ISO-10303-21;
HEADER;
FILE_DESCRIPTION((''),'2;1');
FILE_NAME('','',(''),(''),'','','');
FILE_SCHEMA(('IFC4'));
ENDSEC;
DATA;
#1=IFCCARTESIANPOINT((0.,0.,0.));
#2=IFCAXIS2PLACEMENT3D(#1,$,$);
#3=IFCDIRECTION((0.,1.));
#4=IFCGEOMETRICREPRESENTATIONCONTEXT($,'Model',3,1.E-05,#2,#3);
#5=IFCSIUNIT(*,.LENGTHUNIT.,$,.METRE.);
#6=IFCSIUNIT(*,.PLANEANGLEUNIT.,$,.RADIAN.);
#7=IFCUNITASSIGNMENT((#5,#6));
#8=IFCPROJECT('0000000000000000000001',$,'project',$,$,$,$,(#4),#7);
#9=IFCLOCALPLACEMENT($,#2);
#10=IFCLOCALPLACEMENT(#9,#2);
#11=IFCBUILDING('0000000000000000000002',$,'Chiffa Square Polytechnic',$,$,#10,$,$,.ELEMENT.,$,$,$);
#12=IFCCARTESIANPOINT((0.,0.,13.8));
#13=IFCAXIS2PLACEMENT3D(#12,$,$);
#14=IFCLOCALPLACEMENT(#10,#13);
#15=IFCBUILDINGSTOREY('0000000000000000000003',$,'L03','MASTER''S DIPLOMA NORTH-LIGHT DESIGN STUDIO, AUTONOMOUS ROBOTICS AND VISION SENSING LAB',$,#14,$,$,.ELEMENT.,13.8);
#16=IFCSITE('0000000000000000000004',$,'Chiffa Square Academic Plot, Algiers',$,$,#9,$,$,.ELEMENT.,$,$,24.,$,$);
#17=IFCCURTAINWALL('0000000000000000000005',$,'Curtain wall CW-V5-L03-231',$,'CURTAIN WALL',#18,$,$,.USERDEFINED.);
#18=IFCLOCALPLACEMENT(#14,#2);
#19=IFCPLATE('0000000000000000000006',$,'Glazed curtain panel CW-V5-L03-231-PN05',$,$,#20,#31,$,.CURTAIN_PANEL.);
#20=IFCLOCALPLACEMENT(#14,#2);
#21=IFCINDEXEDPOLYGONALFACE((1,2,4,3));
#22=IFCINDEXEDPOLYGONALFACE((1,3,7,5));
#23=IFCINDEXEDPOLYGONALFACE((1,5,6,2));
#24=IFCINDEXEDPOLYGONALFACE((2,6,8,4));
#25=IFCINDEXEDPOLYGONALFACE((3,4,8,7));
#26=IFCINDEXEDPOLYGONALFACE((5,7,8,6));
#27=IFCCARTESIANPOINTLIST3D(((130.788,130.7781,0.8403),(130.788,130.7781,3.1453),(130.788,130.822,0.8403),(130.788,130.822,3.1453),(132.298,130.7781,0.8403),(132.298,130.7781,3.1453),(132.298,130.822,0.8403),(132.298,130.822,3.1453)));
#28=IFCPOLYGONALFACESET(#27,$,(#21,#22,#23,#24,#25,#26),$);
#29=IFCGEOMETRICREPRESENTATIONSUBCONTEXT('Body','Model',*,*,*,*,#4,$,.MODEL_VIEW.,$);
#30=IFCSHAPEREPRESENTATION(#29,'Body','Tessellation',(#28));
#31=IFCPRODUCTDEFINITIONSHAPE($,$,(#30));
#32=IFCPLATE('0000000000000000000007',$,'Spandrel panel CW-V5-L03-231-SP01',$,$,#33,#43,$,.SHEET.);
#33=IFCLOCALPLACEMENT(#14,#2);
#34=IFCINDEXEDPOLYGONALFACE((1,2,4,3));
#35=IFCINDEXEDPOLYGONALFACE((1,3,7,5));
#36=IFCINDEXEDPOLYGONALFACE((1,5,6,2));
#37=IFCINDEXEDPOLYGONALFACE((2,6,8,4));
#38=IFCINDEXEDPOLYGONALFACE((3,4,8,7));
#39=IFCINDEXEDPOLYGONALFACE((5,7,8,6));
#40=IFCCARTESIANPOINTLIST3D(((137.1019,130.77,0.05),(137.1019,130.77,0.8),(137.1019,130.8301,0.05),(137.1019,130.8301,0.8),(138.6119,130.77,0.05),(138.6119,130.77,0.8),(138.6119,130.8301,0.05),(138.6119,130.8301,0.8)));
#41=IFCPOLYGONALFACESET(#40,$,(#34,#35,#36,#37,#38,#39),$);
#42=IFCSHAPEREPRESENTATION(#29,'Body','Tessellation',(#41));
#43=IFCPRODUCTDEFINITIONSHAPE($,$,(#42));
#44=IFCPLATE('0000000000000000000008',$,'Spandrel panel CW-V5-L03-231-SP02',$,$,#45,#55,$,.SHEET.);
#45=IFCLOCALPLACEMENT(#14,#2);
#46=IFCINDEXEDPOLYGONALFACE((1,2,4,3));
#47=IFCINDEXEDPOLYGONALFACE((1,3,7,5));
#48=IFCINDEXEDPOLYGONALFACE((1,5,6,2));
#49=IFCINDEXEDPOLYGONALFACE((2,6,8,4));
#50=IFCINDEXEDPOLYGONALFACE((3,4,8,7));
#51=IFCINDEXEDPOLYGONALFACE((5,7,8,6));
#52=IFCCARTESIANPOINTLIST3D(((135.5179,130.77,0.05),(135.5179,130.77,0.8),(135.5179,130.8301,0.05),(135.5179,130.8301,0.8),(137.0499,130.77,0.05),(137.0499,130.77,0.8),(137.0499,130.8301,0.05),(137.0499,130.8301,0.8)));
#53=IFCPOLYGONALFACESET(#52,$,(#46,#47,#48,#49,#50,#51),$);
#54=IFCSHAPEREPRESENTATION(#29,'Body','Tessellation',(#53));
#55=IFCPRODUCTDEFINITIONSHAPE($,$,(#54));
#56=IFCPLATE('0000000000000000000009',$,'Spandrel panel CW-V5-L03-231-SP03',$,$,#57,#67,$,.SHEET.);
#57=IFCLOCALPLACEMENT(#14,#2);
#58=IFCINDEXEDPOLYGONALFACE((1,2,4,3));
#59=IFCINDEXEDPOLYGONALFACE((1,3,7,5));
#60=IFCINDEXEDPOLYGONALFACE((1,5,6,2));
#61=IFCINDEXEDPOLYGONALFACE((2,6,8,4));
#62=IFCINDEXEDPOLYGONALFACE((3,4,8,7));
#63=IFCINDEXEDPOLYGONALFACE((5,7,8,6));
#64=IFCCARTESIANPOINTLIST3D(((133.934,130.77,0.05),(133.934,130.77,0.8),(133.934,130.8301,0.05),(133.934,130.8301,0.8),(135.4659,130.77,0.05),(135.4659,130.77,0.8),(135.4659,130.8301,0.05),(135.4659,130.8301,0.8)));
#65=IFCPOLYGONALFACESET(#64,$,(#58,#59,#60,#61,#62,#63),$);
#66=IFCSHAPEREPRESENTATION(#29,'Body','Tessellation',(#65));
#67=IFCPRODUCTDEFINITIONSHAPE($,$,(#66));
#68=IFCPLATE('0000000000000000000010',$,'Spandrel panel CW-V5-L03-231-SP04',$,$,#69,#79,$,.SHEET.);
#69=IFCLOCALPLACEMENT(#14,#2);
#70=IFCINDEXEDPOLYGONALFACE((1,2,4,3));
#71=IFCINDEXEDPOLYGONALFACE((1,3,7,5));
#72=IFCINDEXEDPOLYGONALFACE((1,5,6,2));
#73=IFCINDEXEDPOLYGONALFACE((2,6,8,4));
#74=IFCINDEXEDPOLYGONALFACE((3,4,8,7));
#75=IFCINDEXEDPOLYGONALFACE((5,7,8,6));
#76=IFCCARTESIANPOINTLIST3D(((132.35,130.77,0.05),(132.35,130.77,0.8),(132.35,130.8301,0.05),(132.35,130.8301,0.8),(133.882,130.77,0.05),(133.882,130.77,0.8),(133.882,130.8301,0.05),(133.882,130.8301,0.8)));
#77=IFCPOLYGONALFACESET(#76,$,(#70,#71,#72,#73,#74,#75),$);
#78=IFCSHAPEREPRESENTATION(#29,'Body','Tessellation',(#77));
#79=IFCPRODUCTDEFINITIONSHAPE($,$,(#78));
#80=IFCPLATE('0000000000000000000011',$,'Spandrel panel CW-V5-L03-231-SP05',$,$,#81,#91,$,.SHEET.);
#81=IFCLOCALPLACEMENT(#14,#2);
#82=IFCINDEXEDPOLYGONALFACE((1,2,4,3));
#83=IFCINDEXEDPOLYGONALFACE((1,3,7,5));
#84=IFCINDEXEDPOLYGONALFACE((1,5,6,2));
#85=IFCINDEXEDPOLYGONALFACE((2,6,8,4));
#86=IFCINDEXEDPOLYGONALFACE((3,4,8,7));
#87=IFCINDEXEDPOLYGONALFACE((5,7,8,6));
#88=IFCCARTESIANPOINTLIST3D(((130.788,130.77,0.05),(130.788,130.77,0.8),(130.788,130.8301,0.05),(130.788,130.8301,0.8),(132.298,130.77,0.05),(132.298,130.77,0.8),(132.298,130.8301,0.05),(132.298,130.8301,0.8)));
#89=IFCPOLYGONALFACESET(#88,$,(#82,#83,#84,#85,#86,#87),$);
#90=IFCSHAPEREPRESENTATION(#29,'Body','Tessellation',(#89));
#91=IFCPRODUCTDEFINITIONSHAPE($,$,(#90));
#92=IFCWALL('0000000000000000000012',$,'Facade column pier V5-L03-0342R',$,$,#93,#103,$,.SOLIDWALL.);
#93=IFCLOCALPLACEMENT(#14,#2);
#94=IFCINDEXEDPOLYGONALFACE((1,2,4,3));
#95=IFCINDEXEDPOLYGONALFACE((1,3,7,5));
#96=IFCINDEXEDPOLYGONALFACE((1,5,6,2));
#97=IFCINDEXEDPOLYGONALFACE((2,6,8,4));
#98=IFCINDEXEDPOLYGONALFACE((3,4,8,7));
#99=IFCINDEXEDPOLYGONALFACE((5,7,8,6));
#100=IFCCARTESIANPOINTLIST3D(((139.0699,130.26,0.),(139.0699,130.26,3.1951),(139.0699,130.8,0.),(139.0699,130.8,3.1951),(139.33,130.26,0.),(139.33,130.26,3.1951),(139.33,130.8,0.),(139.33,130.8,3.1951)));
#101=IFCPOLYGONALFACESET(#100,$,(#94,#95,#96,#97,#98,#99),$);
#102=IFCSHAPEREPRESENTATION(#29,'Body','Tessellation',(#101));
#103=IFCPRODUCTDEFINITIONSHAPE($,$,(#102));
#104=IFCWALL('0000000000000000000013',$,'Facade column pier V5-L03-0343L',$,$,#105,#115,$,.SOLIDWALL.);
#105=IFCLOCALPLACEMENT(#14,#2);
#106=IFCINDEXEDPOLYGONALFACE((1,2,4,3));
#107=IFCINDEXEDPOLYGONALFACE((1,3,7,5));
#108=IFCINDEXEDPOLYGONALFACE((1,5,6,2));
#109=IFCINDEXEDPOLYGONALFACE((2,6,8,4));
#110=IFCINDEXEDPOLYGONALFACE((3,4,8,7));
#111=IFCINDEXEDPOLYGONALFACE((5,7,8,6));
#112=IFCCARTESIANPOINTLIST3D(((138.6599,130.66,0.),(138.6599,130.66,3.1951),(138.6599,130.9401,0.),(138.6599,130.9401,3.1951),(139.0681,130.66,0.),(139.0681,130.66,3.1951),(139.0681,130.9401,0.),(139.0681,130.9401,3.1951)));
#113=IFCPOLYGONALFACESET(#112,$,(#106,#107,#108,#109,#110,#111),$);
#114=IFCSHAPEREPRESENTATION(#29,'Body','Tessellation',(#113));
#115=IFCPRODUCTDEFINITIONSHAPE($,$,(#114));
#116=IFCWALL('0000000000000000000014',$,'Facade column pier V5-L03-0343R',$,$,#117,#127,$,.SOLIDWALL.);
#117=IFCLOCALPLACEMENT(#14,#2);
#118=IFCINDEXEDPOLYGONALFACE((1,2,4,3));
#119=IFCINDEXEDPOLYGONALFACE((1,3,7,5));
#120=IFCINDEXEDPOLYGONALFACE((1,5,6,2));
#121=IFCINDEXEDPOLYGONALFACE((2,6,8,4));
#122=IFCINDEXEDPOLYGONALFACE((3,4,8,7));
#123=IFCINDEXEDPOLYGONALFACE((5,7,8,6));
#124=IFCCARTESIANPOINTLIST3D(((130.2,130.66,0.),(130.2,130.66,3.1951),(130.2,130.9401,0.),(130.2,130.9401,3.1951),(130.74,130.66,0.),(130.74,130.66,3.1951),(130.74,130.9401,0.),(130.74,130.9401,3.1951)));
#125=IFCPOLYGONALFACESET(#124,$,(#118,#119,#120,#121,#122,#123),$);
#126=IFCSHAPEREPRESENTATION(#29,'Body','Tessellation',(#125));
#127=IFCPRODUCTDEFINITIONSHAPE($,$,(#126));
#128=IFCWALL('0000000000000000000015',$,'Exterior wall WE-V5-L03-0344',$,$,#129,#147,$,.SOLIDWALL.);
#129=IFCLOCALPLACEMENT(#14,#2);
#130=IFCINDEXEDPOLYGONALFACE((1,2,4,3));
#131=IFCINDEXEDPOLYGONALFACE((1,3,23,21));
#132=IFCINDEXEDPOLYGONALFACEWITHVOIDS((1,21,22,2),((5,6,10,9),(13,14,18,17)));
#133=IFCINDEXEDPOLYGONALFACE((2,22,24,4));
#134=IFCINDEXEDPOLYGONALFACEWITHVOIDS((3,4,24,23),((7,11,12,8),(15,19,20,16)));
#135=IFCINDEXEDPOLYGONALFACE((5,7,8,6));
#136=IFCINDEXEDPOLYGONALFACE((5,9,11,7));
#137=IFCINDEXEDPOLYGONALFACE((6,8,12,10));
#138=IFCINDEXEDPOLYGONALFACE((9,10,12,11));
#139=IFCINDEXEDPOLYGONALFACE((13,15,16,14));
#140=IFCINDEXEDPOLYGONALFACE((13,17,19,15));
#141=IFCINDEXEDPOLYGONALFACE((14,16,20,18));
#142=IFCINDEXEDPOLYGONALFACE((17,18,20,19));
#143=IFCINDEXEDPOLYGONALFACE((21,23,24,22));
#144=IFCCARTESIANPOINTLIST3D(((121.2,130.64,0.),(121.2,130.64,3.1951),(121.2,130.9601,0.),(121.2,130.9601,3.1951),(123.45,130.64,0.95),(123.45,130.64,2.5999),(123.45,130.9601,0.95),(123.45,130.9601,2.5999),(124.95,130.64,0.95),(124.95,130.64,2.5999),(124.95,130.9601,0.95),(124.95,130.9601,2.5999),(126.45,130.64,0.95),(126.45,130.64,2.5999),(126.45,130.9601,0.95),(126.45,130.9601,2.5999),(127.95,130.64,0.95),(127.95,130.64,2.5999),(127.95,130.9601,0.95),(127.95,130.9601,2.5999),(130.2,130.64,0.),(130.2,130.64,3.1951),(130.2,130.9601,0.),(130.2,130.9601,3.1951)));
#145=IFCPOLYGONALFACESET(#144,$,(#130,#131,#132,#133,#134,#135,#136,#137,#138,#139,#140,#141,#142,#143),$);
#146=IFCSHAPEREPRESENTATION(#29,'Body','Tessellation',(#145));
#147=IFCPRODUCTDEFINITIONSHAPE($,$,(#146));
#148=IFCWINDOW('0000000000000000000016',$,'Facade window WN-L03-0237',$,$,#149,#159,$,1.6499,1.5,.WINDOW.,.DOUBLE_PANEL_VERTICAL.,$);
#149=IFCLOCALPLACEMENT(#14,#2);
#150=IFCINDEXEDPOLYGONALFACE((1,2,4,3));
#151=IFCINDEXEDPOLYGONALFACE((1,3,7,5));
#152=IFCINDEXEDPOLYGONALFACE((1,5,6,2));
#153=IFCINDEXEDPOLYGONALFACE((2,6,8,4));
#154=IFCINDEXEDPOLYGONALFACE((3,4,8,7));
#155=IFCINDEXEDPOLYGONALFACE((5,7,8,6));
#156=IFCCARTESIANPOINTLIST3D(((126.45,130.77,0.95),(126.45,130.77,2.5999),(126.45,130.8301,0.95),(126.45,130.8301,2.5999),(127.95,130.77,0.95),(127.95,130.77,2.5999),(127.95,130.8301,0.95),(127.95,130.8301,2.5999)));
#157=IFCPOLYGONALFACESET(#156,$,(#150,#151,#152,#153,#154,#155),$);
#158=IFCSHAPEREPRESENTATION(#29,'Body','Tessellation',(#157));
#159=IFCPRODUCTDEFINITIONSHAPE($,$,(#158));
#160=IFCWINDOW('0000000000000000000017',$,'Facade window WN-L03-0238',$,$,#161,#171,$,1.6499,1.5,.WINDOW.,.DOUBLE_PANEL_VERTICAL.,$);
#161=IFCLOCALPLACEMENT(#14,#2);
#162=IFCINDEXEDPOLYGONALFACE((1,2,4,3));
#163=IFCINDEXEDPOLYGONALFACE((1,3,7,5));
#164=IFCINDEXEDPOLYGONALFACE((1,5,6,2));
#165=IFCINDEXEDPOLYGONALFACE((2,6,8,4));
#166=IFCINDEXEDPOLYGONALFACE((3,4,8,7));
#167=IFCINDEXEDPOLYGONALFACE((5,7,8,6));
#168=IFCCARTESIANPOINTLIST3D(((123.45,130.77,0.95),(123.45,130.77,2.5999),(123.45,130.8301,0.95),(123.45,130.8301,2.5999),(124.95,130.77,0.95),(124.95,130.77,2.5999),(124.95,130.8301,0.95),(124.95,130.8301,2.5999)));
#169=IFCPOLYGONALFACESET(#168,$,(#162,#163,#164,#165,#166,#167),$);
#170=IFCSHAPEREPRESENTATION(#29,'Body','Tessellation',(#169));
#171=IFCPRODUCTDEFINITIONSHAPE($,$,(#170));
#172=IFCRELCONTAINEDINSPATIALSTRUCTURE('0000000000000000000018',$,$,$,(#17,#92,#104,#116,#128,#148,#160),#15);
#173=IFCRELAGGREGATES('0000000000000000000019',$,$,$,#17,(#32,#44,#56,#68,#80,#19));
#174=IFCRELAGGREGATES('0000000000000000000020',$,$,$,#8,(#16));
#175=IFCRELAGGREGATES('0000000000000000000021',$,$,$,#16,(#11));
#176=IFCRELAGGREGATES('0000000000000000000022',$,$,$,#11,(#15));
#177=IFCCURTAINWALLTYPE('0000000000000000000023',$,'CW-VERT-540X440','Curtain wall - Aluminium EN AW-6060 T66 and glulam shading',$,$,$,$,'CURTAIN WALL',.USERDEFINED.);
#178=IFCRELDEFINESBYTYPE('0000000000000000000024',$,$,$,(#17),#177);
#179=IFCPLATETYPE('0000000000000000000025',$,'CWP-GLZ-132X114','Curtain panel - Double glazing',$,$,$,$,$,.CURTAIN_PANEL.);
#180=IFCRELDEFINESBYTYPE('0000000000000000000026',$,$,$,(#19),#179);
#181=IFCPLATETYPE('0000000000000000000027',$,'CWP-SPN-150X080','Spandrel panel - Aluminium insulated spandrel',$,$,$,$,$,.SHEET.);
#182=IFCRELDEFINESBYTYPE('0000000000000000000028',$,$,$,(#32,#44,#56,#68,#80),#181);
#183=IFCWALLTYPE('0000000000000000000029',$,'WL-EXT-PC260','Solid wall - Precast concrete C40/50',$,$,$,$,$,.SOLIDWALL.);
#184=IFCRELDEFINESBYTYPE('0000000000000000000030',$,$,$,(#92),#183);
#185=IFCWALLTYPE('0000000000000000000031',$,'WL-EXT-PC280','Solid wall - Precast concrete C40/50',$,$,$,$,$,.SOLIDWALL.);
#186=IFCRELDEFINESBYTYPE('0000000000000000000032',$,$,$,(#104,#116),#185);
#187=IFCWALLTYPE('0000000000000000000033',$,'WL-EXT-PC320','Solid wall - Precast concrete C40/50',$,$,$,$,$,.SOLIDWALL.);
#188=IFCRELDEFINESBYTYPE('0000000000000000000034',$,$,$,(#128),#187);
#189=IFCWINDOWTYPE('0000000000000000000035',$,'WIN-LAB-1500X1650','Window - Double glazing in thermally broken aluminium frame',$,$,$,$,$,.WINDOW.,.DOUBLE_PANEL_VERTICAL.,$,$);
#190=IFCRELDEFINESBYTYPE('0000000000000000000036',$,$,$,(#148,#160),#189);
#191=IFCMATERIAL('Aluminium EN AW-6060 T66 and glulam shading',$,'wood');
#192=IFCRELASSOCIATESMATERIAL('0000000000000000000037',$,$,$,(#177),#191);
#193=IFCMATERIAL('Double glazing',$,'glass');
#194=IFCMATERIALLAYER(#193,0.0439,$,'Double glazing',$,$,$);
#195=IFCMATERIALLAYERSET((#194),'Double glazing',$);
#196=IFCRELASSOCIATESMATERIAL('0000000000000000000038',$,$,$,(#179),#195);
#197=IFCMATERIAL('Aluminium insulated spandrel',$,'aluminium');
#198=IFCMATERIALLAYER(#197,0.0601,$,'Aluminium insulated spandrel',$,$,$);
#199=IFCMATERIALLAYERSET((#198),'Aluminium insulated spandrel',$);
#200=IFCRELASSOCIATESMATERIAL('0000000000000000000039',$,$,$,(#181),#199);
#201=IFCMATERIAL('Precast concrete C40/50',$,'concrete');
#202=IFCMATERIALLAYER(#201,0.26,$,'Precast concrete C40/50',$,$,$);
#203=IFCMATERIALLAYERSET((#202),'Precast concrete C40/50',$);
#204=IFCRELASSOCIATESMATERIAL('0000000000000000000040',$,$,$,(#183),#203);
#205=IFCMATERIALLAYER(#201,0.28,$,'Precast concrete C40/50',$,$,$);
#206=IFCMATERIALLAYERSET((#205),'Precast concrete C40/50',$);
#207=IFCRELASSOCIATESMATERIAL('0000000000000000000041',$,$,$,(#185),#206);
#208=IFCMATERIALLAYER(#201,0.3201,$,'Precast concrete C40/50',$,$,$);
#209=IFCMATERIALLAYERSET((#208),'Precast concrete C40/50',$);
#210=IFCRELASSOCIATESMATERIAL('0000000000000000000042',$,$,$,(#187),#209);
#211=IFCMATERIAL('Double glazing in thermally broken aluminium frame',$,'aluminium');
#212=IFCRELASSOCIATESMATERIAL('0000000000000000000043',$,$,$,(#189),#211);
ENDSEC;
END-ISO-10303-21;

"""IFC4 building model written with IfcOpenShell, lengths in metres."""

from ifc_helpers import new_model, si_unit, direction, frame, frame_2d, origin, origin_2d, place, context, subcontext, project, spatial, rectangle, extrude, material, layer, layer_set, type_object, element, fill, aggregate, save


model = new_model("IFC4")

# Units and contexts
model_context = context("Model", 3, precision=1e-05, world=origin(), true_north=direction((0.0, 1.0)))
body_context = subcontext(model_context, "Body", "Model", "MODEL_VIEW")
ifc_project = project(units=[si_unit("LENGTHUNIT", "METRE"), si_unit("PLANEANGLEUNIT", "RADIAN")], contexts=[model_context])

# Site, building, storey
site_placement = place(None, origin())
site = spatial("IfcSite", under=ifc_project, at=site_placement, Name="Chiffa Square Academic Plot, Algiers", CompositionType="ELEMENT", RefElevation=24.0)
building_placement = place(site_placement, origin())
building = spatial("IfcBuilding", under=site, at=building_placement, Name="Chiffa Square Polytechnic", CompositionType="ELEMENT")
storey_placement = place(building_placement, frame((0.0, 0.0, 13.8)))
storey = spatial("IfcBuildingStorey", under=building, at=storey_placement, Name="L03", Description="MASTER'S DIPLOMA NORTH-LIGHT DESIGN STUDIO, AUTONOMOUS ROBOTICS AND VISION SENSING LAB", CompositionType="ELEMENT", Elevation=13.8)

# Shared definitions
ifc_material_1 = material(Name="Aluminium EN AW-6060 T66 and glulam shading", Category="wood")

# Curtain wall
curtain_wall_type_1 = type_object("IfcCurtainWallType", Name="CW-VERT-540X440", Description="Curtain wall - Aluminium EN AW-6060 T66 and glulam shading", ElementType="CURTAIN WALL", PredefinedType="USERDEFINED", material=ifc_material_1)
curtain_wall_1_placement = place(storey_placement, origin())
curtain_wall_1 = element("IfcCurtainWall", 1, at=curtain_wall_1_placement, inside=storey, type_object=curtain_wall_type_1, Name="Curtain wall CW-V5-L03-231", ObjectType="CURTAIN WALL", PredefinedType="USERDEFINED")

# Plates
ifc_material_2 = material(Name="Double glazing", Category="glass")
ifc_layer_1 = layer(ifc_material_2, 0.0439, Name="Double glazing")
ifc_layer_set_1 = layer_set([ifc_layer_1], Name="Double glazing")
plate_type_1 = type_object("IfcPlateType", Name="CWP-GLZ-132X114", Description="Curtain panel - Double glazing", PredefinedType="CURTAIN_PANEL", material=ifc_layer_set_1)
plate_1_placement = place(storey_placement, frame((131.543, 130.8, 0.8403), z_axis=(0.0, 0.0, 1.0), x_axis=(-1.0, 0.0, 0.0)))
plate_1 = element("IfcPlate", 2, at=plate_1_placement, type_object=plate_type_1, Name="Glazed curtain panel CW-V5-L03-231-PN05", PredefinedType="CURTAIN_PANEL", context=body_context, shape_type="SweptSolid", body=[
    extrude(rectangle(XDim=1.51, YDim=0.0439, at=origin_2d()), origin(), (0.0, 0.0, 1.0), 2.3049),
])
ifc_material_3 = material(Name="Aluminium insulated spandrel", Category="aluminium")
ifc_layer_2 = layer(ifc_material_3, 0.0601, Name="Aluminium insulated spandrel")
ifc_layer_set_2 = layer_set([ifc_layer_2], Name="Aluminium insulated spandrel")
plate_type_2 = type_object("IfcPlateType", Name="CWP-SPN-150X080", Description="Spandrel panel - Aluminium insulated spandrel", PredefinedType="SHEET", material=ifc_layer_set_2)
plate_2_placement = place(storey_placement, frame((137.8569, 130.8, 0.05), z_axis=(0.0, 0.0, 1.0), x_axis=(-1.0, 0.0, 0.0)))
plate_2 = element("IfcPlate", 3, at=plate_2_placement, type_object=plate_type_2, Name="Spandrel panel CW-V5-L03-231-SP01", PredefinedType="SHEET", context=body_context, shape_type="SweptSolid", body=[
    extrude(rectangle(XDim=1.51, YDim=0.0601, at=origin_2d()), origin(), (0.0, 0.0, 1.0), 0.75),
])
plate_3_placement = place(storey_placement, frame((136.2839, 130.8, 0.05), z_axis=(0.0, 0.0, 1.0), x_axis=(-1.0, 0.0, 0.0)))
plate_3 = element("IfcPlate", 4, at=plate_3_placement, type_object=plate_type_2, Name="Spandrel panel CW-V5-L03-231-SP02", PredefinedType="SHEET", context=body_context, shape_type="SweptSolid", body=[
    extrude(rectangle(XDim=1.532, YDim=0.0601, at=origin_2d()), origin(), (0.0, 0.0, 1.0), 0.75),
])
plate_4_placement = place(storey_placement, frame((134.7, 130.8, 0.05), z_axis=(0.0, 0.0, 1.0), x_axis=(-1.0, 0.0, 0.0)))
plate_4 = element("IfcPlate", 5, at=plate_4_placement, type_object=plate_type_2, Name="Spandrel panel CW-V5-L03-231-SP03", PredefinedType="SHEET", context=body_context, shape_type="SweptSolid", body=[
    extrude(rectangle(XDim=1.532, YDim=0.0601, at=origin_2d()), origin(), (0.0, 0.0, 1.0), 0.75),
])
plate_5_placement = place(storey_placement, frame((133.116, 130.8, 0.05), z_axis=(0.0, 0.0, 1.0), x_axis=(-1.0, 0.0, 0.0)))
plate_5 = element("IfcPlate", 6, at=plate_5_placement, type_object=plate_type_2, Name="Spandrel panel CW-V5-L03-231-SP04", PredefinedType="SHEET", context=body_context, shape_type="SweptSolid", body=[
    extrude(rectangle(XDim=1.532, YDim=0.0601, at=origin_2d()), origin(), (0.0, 0.0, 1.0), 0.75),
])
plate_6_placement = place(storey_placement, frame((131.543, 130.8, 0.05), z_axis=(0.0, 0.0, 1.0), x_axis=(-1.0, 0.0, 0.0)))
plate_6 = element("IfcPlate", 7, at=plate_6_placement, type_object=plate_type_2, Name="Spandrel panel CW-V5-L03-231-SP05", PredefinedType="SHEET", context=body_context, shape_type="SweptSolid", body=[
    extrude(rectangle(XDim=1.51, YDim=0.0601, at=origin_2d()), origin(), (0.0, 0.0, 1.0), 0.75),
])
aggregate(curtain_wall_1, [plate_2, plate_3, plate_4, plate_5, plate_6, plate_1])

# Walls
ifc_material_4 = material(Name="Precast concrete C40/50", Category="concrete")
ifc_layer_3 = layer(ifc_material_4, 0.26, Name="Precast concrete C40/50")
ifc_layer_set_3 = layer_set([ifc_layer_3], Name="Precast concrete C40/50")
wall_type_1 = type_object("IfcWallType", Name="WL-EXT-PC260", Description="Solid wall - Precast concrete C40/50", PredefinedType="SOLIDWALL", material=ifc_layer_set_3)
wall_1_placement = place(storey_placement, frame((139.2, 130.26, 0.0), z_axis=(0.0, 0.0, 1.0), x_axis=(0.0, 1.0, 0.0)))
element("IfcWall", 8, at=wall_1_placement, inside=storey, type_object=wall_type_1, Name="Facade column pier V5-L03-0342R", PredefinedType="SOLIDWALL", context=body_context, shape_type="SweptSolid", body=[
    extrude(rectangle(XDim=0.54, YDim=0.26, at=frame_2d((0.27, 0.0))), origin(), (0.0, 0.0, 1.0), 3.1951),
])
ifc_layer_4 = layer(ifc_material_4, 0.28, Name="Precast concrete C40/50")
ifc_layer_set_4 = layer_set([ifc_layer_4], Name="Precast concrete C40/50")
wall_type_2 = type_object("IfcWallType", Name="WL-EXT-PC280", Description="Solid wall - Precast concrete C40/50", PredefinedType="SOLIDWALL", material=ifc_layer_set_4)
wall_2_placement = place(storey_placement, frame((139.0681, 130.8, 0.0), z_axis=(0.0, 0.0, 1.0), x_axis=(-1.0, 0.0, 0.0)))
element("IfcWall", 9, at=wall_2_placement, inside=storey, type_object=wall_type_2, Name="Facade column pier V5-L03-0343L", PredefinedType="SOLIDWALL", context=body_context, shape_type="SweptSolid", body=[
    extrude(rectangle(XDim=0.4082, YDim=0.28, at=frame_2d((0.2041, 0.0))), origin(), (0.0, 0.0, 1.0), 3.1951),
])
wall_3_placement = place(storey_placement, frame((130.74, 130.8, 0.0), z_axis=(0.0, 0.0, 1.0), x_axis=(-1.0, 0.0, 0.0)))
element("IfcWall", 10, at=wall_3_placement, inside=storey, type_object=wall_type_2, Name="Facade column pier V5-L03-0343R", PredefinedType="SOLIDWALL", context=body_context, shape_type="SweptSolid", body=[
    extrude(rectangle(XDim=0.54, YDim=0.28, at=frame_2d((0.27, 0.0))), origin(), (0.0, 0.0, 1.0), 3.1951),
])

# Wall, openings, windows
ifc_layer_5 = layer(ifc_material_4, 0.3201, Name="Precast concrete C40/50")
ifc_layer_set_5 = layer_set([ifc_layer_5], Name="Precast concrete C40/50")
wall_type_3 = type_object("IfcWallType", Name="WL-EXT-PC320", Description="Solid wall - Precast concrete C40/50", PredefinedType="SOLIDWALL", material=ifc_layer_set_5)
wall_4_placement = place(storey_placement, frame((130.2, 130.8, 0.0), z_axis=(0.0, 0.0, 1.0), x_axis=(-1.0, 0.0, 0.0)))
wall_4 = element("IfcWall", 11, at=wall_4_placement, inside=storey, type_object=wall_type_3, Name="Exterior wall WE-V5-L03-0344", PredefinedType="SOLIDWALL", context=body_context, shape_type="SweptSolid", body=[
    extrude(rectangle(XDim=9.0, YDim=0.3201, at=frame_2d((4.5, 0.0))), origin(), (0.0, 0.0, 1.0), 3.1951),
])
opening_1_placement = place(wall_4_placement, frame((2.25, 0.0, 0.95)))
opening_1 = element("IfcOpeningElement", 12, at=opening_1_placement, cuts=wall_4, PredefinedType="OPENING", context=body_context, shape_type="SweptSolid", body=[
    extrude(rectangle(XDim=1.5, YDim=1.6499, at=frame_2d((0.75, 0.825))), frame((0.0, 0.1699, 0.0), z_axis=(0.0, -1.0, 0.0), x_axis=(1.0, 0.0, 0.0)), (0.0, 0.0, 1.0), 0.3401),
])
opening_2_placement = place(wall_4_placement, frame((5.25, 0.0, 0.95)))
opening_2 = element("IfcOpeningElement", 13, at=opening_2_placement, cuts=wall_4, PredefinedType="OPENING", context=body_context, shape_type="SweptSolid", body=[
    extrude(rectangle(XDim=1.5, YDim=1.6499, at=frame_2d((0.75, 0.825))), frame((0.0, 0.1699, 0.0), z_axis=(0.0, -1.0, 0.0), x_axis=(1.0, 0.0, 0.0)), (0.0, 0.0, 1.0), 0.3401),
])
ifc_material_5 = material(Name="Double glazing in thermally broken aluminium frame", Category="aluminium")
window_type = type_object("IfcWindowType", Name="WIN-LAB-1500X1650", Description="Window - Double glazing in thermally broken aluminium frame", PartitioningType="DOUBLE_PANEL_VERTICAL", PredefinedType="WINDOW", material=ifc_material_5)
window_1_placement = place(opening_1_placement, origin())
window_1 = element("IfcWindow", 14, at=window_1_placement, inside=storey, type_object=window_type, Name="Facade window WN-L03-0237", OverallHeight=1.6499, OverallWidth=1.5, PartitioningType="DOUBLE_PANEL_VERTICAL", PredefinedType="WINDOW", context=body_context, shape_type="SweptSolid", body=[
    extrude(rectangle(XDim=1.5, YDim=1.6499, at=frame_2d((0.75, 0.825))), frame((0.0, 0.03, 0.0), z_axis=(0.0, -1.0, 0.0), x_axis=(1.0, 0.0, 0.0)), (0.0, 0.0, 1.0), 0.0601),
])
fill(opening_1, window_1)
window_2_placement = place(opening_2_placement, origin())
window_2 = element("IfcWindow", 15, at=window_2_placement, inside=storey, type_object=window_type, Name="Facade window WN-L03-0238", OverallHeight=1.6499, OverallWidth=1.5, PartitioningType="DOUBLE_PANEL_VERTICAL", PredefinedType="WINDOW", context=body_context, shape_type="SweptSolid", body=[
    extrude(rectangle(XDim=1.5, YDim=1.6499, at=frame_2d((0.75, 0.825))), frame((0.0, 0.03, 0.0), z_axis=(0.0, -1.0, 0.0), x_axis=(1.0, 0.0, 0.0)), (0.0, 0.0, 1.0), 0.0601),
])
fill(opening_2, window_2)

save(model, "model.ifc")
